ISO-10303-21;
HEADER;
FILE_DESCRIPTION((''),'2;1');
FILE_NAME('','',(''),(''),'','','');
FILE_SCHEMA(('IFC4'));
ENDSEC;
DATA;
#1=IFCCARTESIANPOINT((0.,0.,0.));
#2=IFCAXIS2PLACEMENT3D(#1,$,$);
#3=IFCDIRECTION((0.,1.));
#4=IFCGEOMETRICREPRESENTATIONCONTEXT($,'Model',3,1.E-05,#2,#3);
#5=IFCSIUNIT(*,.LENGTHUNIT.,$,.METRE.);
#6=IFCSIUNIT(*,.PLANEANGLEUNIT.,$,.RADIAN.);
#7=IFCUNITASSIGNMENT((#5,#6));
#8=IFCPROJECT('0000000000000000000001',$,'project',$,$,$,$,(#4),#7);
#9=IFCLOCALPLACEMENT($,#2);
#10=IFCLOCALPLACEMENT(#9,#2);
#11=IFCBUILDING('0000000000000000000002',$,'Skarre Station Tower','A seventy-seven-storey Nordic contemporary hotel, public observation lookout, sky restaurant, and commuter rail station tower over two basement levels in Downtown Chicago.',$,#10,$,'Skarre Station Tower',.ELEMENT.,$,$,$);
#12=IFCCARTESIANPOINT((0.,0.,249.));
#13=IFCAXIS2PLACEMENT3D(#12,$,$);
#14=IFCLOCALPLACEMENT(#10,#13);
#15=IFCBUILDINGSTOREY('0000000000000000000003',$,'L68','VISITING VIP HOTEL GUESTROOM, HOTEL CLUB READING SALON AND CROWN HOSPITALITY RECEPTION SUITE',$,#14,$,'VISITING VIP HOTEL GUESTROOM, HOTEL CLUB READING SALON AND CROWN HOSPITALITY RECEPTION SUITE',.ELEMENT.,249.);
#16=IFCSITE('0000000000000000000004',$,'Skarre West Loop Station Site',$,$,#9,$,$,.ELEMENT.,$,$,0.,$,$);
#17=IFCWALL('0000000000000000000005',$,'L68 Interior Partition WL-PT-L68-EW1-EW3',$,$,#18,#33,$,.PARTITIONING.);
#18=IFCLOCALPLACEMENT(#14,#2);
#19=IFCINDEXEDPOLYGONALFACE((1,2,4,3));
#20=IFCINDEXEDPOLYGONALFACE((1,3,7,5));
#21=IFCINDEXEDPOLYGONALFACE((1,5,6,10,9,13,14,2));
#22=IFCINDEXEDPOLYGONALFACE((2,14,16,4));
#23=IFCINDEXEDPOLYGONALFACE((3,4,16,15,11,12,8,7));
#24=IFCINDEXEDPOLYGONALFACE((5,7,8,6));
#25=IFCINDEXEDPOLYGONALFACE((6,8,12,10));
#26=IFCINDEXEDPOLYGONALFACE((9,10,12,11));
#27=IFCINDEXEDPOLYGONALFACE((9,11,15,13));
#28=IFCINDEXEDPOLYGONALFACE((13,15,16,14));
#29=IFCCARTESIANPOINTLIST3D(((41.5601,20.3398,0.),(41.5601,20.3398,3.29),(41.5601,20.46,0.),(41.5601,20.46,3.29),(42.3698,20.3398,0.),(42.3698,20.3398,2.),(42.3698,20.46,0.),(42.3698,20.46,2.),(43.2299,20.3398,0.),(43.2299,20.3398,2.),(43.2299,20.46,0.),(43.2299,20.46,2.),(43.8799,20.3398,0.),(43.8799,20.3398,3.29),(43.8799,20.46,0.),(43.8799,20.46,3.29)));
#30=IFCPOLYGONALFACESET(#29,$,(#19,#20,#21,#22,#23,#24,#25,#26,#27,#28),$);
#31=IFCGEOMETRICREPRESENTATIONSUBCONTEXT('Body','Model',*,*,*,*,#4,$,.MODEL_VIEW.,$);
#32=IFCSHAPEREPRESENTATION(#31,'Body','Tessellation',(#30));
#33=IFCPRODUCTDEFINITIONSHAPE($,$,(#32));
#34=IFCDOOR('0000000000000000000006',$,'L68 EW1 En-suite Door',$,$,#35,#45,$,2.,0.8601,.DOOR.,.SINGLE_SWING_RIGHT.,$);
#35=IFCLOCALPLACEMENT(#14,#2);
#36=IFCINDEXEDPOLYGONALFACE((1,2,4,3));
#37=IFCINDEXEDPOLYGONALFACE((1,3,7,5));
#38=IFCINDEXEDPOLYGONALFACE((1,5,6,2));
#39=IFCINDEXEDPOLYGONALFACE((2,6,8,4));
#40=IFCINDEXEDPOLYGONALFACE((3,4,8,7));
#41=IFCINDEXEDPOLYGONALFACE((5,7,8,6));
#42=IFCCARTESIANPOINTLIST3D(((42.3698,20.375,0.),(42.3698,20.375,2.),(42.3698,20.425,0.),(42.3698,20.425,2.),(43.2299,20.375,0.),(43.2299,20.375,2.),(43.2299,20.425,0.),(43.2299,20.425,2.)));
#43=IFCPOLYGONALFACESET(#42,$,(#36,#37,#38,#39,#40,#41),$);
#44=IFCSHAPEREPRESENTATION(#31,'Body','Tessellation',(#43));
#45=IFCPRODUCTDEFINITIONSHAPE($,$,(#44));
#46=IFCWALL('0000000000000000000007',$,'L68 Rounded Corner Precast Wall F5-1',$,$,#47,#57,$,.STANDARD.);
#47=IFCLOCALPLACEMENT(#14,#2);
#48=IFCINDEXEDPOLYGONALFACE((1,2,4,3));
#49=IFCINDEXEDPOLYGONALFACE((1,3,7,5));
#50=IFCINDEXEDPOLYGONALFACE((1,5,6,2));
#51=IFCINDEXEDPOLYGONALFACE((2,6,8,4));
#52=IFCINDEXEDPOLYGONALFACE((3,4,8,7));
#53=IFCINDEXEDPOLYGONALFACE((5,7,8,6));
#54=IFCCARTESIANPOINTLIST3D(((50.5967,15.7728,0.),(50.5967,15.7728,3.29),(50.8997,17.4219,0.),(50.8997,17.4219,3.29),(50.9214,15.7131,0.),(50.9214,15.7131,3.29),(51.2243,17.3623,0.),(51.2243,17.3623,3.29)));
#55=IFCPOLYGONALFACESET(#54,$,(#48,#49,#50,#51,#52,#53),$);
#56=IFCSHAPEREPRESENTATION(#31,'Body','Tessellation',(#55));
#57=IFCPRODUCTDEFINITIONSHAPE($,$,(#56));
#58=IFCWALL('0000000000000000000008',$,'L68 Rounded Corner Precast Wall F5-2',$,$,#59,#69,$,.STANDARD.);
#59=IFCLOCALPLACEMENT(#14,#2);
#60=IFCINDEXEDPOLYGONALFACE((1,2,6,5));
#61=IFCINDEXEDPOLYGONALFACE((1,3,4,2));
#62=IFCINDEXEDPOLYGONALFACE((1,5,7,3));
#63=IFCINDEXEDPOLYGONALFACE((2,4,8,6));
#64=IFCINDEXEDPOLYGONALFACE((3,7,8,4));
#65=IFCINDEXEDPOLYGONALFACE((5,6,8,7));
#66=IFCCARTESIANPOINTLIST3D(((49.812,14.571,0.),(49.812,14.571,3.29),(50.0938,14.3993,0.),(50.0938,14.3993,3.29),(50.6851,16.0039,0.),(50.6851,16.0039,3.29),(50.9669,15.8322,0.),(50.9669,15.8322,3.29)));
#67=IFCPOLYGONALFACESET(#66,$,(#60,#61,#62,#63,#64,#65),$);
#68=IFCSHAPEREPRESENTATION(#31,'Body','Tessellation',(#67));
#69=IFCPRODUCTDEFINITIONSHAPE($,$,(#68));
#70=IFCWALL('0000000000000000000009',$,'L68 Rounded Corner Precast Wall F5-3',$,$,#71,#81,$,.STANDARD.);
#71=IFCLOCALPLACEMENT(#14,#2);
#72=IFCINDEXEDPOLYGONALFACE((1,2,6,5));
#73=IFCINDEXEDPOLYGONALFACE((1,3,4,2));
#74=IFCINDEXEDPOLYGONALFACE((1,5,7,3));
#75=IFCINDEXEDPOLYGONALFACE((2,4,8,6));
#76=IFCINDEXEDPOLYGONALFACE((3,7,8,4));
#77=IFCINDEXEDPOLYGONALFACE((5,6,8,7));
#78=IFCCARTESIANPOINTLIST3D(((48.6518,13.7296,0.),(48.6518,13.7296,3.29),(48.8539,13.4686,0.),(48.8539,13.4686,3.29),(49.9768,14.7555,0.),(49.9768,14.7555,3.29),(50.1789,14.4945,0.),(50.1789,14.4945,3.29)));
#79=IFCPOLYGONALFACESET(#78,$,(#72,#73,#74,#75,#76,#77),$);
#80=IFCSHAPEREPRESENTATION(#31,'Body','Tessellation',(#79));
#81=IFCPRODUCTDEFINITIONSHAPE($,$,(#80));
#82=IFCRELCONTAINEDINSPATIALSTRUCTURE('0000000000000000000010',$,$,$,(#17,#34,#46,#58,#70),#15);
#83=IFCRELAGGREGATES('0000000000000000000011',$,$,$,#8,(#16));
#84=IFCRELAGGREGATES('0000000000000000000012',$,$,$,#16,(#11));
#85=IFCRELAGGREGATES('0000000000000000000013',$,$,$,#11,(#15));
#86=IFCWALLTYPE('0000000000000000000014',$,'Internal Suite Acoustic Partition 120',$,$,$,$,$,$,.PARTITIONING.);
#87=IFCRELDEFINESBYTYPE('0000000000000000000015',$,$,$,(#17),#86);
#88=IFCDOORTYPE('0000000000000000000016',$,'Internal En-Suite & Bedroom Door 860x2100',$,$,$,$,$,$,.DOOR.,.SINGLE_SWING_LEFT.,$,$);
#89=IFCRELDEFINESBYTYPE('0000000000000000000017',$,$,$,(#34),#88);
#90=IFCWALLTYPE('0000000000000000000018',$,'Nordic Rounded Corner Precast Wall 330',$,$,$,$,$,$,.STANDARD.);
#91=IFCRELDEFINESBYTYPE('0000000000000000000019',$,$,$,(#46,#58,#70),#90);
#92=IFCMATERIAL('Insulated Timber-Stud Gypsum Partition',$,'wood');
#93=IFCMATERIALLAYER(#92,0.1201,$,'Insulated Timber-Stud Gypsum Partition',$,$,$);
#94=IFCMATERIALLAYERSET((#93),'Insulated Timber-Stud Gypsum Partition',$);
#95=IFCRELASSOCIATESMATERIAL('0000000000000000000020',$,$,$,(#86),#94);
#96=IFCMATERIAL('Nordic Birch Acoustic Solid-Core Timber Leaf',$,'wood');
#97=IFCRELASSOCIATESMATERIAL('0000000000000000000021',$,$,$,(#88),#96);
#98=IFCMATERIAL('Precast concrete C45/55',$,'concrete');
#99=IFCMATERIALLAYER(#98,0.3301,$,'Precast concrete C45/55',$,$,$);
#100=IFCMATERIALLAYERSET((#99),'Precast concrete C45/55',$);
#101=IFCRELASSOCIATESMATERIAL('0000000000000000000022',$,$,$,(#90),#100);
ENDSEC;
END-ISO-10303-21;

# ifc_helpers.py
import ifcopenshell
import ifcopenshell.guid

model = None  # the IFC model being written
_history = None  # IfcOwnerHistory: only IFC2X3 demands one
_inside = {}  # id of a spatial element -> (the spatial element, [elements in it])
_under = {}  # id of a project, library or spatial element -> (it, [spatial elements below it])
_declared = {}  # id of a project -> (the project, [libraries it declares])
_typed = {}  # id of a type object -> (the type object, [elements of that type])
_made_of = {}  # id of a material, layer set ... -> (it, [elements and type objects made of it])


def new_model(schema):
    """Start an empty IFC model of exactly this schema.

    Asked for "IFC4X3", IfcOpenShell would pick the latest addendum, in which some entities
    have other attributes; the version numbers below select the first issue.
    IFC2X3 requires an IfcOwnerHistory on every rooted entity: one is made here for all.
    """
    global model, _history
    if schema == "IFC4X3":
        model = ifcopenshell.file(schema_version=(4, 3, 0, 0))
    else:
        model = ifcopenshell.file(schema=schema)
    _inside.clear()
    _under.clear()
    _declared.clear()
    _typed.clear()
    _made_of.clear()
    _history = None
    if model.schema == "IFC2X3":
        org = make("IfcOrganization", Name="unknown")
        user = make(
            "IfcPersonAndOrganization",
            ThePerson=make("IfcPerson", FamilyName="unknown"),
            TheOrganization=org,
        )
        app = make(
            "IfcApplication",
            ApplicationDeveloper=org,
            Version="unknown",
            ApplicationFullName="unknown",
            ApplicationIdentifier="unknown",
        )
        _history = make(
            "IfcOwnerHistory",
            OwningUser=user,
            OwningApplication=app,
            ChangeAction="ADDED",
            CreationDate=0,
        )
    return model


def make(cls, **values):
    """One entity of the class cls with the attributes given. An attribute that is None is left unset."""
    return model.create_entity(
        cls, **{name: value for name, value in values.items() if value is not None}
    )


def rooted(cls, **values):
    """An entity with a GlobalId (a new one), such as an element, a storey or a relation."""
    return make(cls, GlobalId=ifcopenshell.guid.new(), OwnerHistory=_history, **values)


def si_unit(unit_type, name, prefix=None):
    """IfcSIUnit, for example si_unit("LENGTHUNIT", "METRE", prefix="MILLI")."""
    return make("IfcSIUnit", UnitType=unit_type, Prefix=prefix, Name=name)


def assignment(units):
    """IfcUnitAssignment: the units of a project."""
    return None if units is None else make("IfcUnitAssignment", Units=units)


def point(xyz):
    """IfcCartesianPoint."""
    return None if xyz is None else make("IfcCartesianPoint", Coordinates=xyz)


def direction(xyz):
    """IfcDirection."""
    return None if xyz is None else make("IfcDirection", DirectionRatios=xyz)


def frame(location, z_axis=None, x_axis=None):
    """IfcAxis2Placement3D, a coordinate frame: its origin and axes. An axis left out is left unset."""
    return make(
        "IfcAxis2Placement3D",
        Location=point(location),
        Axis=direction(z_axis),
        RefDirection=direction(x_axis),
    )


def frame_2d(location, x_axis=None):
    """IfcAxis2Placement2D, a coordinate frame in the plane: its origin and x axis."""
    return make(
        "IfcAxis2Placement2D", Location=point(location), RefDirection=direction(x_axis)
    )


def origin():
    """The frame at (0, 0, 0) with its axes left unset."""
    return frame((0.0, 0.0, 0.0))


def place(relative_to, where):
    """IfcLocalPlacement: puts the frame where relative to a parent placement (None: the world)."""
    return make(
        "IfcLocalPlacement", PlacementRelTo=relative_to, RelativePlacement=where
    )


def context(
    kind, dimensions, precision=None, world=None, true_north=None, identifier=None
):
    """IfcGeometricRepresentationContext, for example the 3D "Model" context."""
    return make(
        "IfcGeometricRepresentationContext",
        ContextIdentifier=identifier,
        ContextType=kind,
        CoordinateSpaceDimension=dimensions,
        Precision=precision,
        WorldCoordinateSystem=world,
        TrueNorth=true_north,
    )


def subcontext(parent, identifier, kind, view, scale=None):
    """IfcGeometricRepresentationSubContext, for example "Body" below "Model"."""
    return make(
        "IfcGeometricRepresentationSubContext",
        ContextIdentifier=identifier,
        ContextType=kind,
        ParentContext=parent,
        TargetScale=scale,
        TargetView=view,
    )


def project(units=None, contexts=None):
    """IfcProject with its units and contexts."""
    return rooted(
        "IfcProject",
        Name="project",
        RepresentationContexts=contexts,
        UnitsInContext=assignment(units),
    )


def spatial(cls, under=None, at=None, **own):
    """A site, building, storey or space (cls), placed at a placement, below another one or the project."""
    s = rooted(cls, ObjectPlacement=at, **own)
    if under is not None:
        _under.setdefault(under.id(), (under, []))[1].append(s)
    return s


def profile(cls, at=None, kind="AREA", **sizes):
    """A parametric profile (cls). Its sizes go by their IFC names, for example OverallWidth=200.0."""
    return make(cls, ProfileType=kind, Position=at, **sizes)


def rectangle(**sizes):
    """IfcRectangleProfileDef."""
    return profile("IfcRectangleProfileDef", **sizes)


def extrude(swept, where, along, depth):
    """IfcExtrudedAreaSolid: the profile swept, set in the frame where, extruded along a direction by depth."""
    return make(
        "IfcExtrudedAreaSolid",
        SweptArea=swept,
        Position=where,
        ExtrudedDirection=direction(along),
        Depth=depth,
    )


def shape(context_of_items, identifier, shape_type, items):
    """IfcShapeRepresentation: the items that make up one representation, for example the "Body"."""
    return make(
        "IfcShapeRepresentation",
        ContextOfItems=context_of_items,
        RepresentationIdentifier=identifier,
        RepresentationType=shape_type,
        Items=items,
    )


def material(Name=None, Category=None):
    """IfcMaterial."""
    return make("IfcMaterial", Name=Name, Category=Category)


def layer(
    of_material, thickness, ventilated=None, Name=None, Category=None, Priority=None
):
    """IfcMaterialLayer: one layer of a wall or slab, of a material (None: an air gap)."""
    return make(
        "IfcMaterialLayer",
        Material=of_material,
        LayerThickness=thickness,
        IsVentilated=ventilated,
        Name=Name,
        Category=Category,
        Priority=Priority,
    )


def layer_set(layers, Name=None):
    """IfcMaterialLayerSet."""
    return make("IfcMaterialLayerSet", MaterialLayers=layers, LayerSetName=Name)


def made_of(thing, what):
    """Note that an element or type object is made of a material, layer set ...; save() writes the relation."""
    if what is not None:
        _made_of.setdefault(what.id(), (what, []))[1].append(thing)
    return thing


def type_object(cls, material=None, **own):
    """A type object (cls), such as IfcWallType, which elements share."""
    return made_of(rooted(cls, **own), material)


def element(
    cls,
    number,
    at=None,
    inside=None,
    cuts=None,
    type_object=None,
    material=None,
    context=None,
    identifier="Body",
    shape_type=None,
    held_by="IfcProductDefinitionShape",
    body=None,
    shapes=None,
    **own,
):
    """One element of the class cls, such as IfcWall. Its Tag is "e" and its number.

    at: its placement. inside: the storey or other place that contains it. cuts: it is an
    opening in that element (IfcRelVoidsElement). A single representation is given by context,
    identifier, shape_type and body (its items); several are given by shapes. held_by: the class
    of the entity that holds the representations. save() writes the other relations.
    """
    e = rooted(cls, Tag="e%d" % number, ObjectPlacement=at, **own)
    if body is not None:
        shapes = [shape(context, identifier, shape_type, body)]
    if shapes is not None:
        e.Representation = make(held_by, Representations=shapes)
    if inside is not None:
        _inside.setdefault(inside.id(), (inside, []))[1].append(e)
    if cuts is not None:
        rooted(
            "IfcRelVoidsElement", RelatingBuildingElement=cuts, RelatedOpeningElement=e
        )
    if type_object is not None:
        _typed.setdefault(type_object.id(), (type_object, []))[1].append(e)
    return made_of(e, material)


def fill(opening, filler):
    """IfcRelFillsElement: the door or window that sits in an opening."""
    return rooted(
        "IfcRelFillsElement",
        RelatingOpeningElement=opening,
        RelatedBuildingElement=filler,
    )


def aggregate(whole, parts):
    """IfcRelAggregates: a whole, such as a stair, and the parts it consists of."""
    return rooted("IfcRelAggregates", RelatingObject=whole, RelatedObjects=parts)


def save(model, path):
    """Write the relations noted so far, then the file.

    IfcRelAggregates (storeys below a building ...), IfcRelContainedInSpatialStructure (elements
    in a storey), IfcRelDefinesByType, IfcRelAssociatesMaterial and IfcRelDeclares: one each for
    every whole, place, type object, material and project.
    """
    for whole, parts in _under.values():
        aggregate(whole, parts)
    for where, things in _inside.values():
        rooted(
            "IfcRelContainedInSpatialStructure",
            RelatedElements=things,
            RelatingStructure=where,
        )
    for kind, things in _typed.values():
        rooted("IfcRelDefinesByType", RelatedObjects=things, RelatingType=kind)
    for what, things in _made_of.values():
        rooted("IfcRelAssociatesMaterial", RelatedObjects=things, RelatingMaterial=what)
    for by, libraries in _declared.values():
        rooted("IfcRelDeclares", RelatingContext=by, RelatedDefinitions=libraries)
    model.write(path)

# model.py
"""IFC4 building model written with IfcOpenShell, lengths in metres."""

from ifc_helpers import new_model, si_unit, direction, frame, frame_2d, origin, place, context, subcontext, project, spatial, rectangle, extrude, material, layer, layer_set, type_object, element, fill, save


model = new_model("IFC4")

# Units and contexts
model_context = context("Model", 3, precision=1e-05, world=origin(), true_north=direction((0.0, 1.0)))
body_context = subcontext(model_context, "Body", "Model", "MODEL_VIEW")
ifc_project = project(units=[si_unit("LENGTHUNIT", "METRE"), si_unit("PLANEANGLEUNIT", "RADIAN")], contexts=[model_context])

# Site, building, storey
site_placement = place(None, origin())
site = spatial("IfcSite", under=ifc_project, at=site_placement, Name="Skarre West Loop Station Site", CompositionType="ELEMENT", RefElevation=0.0)
building_placement = place(site_placement, origin())
building = spatial("IfcBuilding", under=site, at=building_placement, Name="Skarre Station Tower", Description="A seventy-seven-storey Nordic contemporary hotel, public observation lookout, sky restaurant, and commuter rail station tower over two basement levels in Downtown Chicago.", LongName="Skarre Station Tower", CompositionType="ELEMENT")
storey_placement = place(building_placement, frame((0.0, 0.0, 249.0)))
storey = spatial("IfcBuildingStorey", under=building, at=storey_placement, Name="L68", Description="VISITING VIP HOTEL GUESTROOM, HOTEL CLUB READING SALON AND CROWN HOSPITALITY RECEPTION SUITE", LongName="VISITING VIP HOTEL GUESTROOM, HOTEL CLUB READING SALON AND CROWN HOSPITALITY RECEPTION SUITE", CompositionType="ELEMENT", Elevation=249.0)

# Shared definitions
ifc_material_1 = material(Name="Insulated Timber-Stud Gypsum Partition", Category="wood")
ifc_layer_1 = layer(ifc_material_1, 0.1201, Name="Insulated Timber-Stud Gypsum Partition")
ifc_layer_set_1 = layer_set([ifc_layer_1], Name="Insulated Timber-Stud Gypsum Partition")
wall_type_1 = type_object("IfcWallType", Name="Internal Suite Acoustic Partition 120", PredefinedType="PARTITIONING", material=ifc_layer_set_1)

# Wall, opening, door
wall_1_placement = place(storey_placement, frame((43.8799, 20.3999, 0.0), z_axis=(0.0, 0.0, 1.0), x_axis=(-1.0, 0.0, 0.0)))
wall_1 = element("IfcWall", 1, at=wall_1_placement, inside=storey, type_object=wall_type_1, Name="L68 Interior Partition WL-PT-L68-EW1-EW3", PredefinedType="PARTITIONING", context=body_context, shape_type="SweptSolid", body=[
    extrude(rectangle(XDim=2.3198, YDim=0.1201, at=frame_2d((1.1599, 0.0))), origin(), (0.0, 0.0, 1.0), 3.29),
])
opening_1_placement = place(wall_1_placement, frame((0.6499, 0.0, 0.0)))
opening_1 = element("IfcOpeningElement", 2, at=opening_1_placement, cuts=wall_1, PredefinedType="OPENING", context=body_context, shape_type="SweptSolid", body=[
    extrude(rectangle(XDim=0.8601, YDim=2.0, at=frame_2d((0.4302, 1.0))), frame((0.0, 0.0701, 0.0), z_axis=(0.0, -1.0, 0.0), x_axis=(1.0, 0.0, 0.0)), (0.0, 0.0, 1.0), 0.1401),
])
ifc_material_2 = material(Name="Nordic Birch Acoustic Solid-Core Timber Leaf", Category="wood")
door_type_1 = type_object("IfcDoorType", Name="Internal En-Suite & Bedroom Door 860x2100", OperationType="SINGLE_SWING_LEFT", PredefinedType="DOOR", material=ifc_material_2)
door_1_placement = place(opening_1_placement, origin())
door_1 = element("IfcDoor", 3, at=door_1_placement, inside=storey, type_object=door_type_1, Name="L68 EW1 En-suite Door", OperationType="SINGLE_SWING_RIGHT", OverallHeight=2.0, OverallWidth=0.8601, PredefinedType="DOOR", context=body_context, shape_type="SweptSolid", body=[
    extrude(rectangle(XDim=0.8601, YDim=2.0, at=frame_2d((0.4302, 1.0))), frame((0.0, 0.0249, 0.0), z_axis=(0.0, -1.0, 0.0), x_axis=(1.0, 0.0, 0.0)), (0.0, 0.0, 1.0), 0.05),
])
fill(opening_1, door_1)

# Walls
ifc_material_3 = material(Name="Precast concrete C45/55", Category="concrete")
ifc_layer_2 = layer(ifc_material_3, 0.3301, Name="Precast concrete C45/55")
ifc_layer_set_2 = layer_set([ifc_layer_2], Name="Precast concrete C45/55")
wall_type_2 = type_object("IfcWallType", Name="Nordic Rounded Corner Precast Wall 330", PredefinedType="STANDARD", material=ifc_layer_set_2)
wall_2_placement = place(storey_placement, frame((51.062, 17.3921, 0.0), z_axis=(0.0, 0.0, 1.0), x_axis=(-0.180692, -0.98354, 0.0)))
element("IfcWall", 4, at=wall_2_placement, inside=storey, type_object=wall_type_2, Name="L68 Rounded Corner Precast Wall F5-1", PredefinedType="STANDARD", context=body_context, shape_type="SweptSolid", body=[
    extrude(rectangle(XDim=1.6768, YDim=0.3301, at=frame_2d((0.8384, 0.0))), origin(), (0.0, 0.0, 1.0), 3.29),
])
wall_3_placement = place(storey_placement, frame((50.8259, 15.918, 0.0), z_axis=(0.0, 0.0, 1.0), x_axis=(-0.520325, -0.853968, 0.0)))
element("IfcWall", 5, at=wall_3_placement, inside=storey, type_object=wall_type_2, Name="L68 Rounded Corner Precast Wall F5-2", PredefinedType="STANDARD", context=body_context, shape_type="SweptSolid", body=[
    extrude(rectangle(XDim=1.678, YDim=0.3301, at=frame_2d((0.8389, 0.0))), origin(), (0.0, 0.0, 1.0), 3.29),
])
wall_4_placement = place(storey_placement, frame((50.0779, 14.625, 0.0), z_axis=(0.0, 0.0, 1.0), x_axis=(-0.790692, -0.612214, 0.0)))
element("IfcWall", 6, at=wall_4_placement, inside=storey, type_object=wall_type_2, Name="L68 Rounded Corner Precast Wall F5-3", PredefinedType="STANDARD", context=body_context, shape_type="SweptSolid", body=[
    extrude(rectangle(XDim=1.6758, YDim=0.3301, at=frame_2d((0.8379, 0.0))), origin(), (0.0, 0.0, 1.0), 3.29),
])

save(model, "model.ifc")
